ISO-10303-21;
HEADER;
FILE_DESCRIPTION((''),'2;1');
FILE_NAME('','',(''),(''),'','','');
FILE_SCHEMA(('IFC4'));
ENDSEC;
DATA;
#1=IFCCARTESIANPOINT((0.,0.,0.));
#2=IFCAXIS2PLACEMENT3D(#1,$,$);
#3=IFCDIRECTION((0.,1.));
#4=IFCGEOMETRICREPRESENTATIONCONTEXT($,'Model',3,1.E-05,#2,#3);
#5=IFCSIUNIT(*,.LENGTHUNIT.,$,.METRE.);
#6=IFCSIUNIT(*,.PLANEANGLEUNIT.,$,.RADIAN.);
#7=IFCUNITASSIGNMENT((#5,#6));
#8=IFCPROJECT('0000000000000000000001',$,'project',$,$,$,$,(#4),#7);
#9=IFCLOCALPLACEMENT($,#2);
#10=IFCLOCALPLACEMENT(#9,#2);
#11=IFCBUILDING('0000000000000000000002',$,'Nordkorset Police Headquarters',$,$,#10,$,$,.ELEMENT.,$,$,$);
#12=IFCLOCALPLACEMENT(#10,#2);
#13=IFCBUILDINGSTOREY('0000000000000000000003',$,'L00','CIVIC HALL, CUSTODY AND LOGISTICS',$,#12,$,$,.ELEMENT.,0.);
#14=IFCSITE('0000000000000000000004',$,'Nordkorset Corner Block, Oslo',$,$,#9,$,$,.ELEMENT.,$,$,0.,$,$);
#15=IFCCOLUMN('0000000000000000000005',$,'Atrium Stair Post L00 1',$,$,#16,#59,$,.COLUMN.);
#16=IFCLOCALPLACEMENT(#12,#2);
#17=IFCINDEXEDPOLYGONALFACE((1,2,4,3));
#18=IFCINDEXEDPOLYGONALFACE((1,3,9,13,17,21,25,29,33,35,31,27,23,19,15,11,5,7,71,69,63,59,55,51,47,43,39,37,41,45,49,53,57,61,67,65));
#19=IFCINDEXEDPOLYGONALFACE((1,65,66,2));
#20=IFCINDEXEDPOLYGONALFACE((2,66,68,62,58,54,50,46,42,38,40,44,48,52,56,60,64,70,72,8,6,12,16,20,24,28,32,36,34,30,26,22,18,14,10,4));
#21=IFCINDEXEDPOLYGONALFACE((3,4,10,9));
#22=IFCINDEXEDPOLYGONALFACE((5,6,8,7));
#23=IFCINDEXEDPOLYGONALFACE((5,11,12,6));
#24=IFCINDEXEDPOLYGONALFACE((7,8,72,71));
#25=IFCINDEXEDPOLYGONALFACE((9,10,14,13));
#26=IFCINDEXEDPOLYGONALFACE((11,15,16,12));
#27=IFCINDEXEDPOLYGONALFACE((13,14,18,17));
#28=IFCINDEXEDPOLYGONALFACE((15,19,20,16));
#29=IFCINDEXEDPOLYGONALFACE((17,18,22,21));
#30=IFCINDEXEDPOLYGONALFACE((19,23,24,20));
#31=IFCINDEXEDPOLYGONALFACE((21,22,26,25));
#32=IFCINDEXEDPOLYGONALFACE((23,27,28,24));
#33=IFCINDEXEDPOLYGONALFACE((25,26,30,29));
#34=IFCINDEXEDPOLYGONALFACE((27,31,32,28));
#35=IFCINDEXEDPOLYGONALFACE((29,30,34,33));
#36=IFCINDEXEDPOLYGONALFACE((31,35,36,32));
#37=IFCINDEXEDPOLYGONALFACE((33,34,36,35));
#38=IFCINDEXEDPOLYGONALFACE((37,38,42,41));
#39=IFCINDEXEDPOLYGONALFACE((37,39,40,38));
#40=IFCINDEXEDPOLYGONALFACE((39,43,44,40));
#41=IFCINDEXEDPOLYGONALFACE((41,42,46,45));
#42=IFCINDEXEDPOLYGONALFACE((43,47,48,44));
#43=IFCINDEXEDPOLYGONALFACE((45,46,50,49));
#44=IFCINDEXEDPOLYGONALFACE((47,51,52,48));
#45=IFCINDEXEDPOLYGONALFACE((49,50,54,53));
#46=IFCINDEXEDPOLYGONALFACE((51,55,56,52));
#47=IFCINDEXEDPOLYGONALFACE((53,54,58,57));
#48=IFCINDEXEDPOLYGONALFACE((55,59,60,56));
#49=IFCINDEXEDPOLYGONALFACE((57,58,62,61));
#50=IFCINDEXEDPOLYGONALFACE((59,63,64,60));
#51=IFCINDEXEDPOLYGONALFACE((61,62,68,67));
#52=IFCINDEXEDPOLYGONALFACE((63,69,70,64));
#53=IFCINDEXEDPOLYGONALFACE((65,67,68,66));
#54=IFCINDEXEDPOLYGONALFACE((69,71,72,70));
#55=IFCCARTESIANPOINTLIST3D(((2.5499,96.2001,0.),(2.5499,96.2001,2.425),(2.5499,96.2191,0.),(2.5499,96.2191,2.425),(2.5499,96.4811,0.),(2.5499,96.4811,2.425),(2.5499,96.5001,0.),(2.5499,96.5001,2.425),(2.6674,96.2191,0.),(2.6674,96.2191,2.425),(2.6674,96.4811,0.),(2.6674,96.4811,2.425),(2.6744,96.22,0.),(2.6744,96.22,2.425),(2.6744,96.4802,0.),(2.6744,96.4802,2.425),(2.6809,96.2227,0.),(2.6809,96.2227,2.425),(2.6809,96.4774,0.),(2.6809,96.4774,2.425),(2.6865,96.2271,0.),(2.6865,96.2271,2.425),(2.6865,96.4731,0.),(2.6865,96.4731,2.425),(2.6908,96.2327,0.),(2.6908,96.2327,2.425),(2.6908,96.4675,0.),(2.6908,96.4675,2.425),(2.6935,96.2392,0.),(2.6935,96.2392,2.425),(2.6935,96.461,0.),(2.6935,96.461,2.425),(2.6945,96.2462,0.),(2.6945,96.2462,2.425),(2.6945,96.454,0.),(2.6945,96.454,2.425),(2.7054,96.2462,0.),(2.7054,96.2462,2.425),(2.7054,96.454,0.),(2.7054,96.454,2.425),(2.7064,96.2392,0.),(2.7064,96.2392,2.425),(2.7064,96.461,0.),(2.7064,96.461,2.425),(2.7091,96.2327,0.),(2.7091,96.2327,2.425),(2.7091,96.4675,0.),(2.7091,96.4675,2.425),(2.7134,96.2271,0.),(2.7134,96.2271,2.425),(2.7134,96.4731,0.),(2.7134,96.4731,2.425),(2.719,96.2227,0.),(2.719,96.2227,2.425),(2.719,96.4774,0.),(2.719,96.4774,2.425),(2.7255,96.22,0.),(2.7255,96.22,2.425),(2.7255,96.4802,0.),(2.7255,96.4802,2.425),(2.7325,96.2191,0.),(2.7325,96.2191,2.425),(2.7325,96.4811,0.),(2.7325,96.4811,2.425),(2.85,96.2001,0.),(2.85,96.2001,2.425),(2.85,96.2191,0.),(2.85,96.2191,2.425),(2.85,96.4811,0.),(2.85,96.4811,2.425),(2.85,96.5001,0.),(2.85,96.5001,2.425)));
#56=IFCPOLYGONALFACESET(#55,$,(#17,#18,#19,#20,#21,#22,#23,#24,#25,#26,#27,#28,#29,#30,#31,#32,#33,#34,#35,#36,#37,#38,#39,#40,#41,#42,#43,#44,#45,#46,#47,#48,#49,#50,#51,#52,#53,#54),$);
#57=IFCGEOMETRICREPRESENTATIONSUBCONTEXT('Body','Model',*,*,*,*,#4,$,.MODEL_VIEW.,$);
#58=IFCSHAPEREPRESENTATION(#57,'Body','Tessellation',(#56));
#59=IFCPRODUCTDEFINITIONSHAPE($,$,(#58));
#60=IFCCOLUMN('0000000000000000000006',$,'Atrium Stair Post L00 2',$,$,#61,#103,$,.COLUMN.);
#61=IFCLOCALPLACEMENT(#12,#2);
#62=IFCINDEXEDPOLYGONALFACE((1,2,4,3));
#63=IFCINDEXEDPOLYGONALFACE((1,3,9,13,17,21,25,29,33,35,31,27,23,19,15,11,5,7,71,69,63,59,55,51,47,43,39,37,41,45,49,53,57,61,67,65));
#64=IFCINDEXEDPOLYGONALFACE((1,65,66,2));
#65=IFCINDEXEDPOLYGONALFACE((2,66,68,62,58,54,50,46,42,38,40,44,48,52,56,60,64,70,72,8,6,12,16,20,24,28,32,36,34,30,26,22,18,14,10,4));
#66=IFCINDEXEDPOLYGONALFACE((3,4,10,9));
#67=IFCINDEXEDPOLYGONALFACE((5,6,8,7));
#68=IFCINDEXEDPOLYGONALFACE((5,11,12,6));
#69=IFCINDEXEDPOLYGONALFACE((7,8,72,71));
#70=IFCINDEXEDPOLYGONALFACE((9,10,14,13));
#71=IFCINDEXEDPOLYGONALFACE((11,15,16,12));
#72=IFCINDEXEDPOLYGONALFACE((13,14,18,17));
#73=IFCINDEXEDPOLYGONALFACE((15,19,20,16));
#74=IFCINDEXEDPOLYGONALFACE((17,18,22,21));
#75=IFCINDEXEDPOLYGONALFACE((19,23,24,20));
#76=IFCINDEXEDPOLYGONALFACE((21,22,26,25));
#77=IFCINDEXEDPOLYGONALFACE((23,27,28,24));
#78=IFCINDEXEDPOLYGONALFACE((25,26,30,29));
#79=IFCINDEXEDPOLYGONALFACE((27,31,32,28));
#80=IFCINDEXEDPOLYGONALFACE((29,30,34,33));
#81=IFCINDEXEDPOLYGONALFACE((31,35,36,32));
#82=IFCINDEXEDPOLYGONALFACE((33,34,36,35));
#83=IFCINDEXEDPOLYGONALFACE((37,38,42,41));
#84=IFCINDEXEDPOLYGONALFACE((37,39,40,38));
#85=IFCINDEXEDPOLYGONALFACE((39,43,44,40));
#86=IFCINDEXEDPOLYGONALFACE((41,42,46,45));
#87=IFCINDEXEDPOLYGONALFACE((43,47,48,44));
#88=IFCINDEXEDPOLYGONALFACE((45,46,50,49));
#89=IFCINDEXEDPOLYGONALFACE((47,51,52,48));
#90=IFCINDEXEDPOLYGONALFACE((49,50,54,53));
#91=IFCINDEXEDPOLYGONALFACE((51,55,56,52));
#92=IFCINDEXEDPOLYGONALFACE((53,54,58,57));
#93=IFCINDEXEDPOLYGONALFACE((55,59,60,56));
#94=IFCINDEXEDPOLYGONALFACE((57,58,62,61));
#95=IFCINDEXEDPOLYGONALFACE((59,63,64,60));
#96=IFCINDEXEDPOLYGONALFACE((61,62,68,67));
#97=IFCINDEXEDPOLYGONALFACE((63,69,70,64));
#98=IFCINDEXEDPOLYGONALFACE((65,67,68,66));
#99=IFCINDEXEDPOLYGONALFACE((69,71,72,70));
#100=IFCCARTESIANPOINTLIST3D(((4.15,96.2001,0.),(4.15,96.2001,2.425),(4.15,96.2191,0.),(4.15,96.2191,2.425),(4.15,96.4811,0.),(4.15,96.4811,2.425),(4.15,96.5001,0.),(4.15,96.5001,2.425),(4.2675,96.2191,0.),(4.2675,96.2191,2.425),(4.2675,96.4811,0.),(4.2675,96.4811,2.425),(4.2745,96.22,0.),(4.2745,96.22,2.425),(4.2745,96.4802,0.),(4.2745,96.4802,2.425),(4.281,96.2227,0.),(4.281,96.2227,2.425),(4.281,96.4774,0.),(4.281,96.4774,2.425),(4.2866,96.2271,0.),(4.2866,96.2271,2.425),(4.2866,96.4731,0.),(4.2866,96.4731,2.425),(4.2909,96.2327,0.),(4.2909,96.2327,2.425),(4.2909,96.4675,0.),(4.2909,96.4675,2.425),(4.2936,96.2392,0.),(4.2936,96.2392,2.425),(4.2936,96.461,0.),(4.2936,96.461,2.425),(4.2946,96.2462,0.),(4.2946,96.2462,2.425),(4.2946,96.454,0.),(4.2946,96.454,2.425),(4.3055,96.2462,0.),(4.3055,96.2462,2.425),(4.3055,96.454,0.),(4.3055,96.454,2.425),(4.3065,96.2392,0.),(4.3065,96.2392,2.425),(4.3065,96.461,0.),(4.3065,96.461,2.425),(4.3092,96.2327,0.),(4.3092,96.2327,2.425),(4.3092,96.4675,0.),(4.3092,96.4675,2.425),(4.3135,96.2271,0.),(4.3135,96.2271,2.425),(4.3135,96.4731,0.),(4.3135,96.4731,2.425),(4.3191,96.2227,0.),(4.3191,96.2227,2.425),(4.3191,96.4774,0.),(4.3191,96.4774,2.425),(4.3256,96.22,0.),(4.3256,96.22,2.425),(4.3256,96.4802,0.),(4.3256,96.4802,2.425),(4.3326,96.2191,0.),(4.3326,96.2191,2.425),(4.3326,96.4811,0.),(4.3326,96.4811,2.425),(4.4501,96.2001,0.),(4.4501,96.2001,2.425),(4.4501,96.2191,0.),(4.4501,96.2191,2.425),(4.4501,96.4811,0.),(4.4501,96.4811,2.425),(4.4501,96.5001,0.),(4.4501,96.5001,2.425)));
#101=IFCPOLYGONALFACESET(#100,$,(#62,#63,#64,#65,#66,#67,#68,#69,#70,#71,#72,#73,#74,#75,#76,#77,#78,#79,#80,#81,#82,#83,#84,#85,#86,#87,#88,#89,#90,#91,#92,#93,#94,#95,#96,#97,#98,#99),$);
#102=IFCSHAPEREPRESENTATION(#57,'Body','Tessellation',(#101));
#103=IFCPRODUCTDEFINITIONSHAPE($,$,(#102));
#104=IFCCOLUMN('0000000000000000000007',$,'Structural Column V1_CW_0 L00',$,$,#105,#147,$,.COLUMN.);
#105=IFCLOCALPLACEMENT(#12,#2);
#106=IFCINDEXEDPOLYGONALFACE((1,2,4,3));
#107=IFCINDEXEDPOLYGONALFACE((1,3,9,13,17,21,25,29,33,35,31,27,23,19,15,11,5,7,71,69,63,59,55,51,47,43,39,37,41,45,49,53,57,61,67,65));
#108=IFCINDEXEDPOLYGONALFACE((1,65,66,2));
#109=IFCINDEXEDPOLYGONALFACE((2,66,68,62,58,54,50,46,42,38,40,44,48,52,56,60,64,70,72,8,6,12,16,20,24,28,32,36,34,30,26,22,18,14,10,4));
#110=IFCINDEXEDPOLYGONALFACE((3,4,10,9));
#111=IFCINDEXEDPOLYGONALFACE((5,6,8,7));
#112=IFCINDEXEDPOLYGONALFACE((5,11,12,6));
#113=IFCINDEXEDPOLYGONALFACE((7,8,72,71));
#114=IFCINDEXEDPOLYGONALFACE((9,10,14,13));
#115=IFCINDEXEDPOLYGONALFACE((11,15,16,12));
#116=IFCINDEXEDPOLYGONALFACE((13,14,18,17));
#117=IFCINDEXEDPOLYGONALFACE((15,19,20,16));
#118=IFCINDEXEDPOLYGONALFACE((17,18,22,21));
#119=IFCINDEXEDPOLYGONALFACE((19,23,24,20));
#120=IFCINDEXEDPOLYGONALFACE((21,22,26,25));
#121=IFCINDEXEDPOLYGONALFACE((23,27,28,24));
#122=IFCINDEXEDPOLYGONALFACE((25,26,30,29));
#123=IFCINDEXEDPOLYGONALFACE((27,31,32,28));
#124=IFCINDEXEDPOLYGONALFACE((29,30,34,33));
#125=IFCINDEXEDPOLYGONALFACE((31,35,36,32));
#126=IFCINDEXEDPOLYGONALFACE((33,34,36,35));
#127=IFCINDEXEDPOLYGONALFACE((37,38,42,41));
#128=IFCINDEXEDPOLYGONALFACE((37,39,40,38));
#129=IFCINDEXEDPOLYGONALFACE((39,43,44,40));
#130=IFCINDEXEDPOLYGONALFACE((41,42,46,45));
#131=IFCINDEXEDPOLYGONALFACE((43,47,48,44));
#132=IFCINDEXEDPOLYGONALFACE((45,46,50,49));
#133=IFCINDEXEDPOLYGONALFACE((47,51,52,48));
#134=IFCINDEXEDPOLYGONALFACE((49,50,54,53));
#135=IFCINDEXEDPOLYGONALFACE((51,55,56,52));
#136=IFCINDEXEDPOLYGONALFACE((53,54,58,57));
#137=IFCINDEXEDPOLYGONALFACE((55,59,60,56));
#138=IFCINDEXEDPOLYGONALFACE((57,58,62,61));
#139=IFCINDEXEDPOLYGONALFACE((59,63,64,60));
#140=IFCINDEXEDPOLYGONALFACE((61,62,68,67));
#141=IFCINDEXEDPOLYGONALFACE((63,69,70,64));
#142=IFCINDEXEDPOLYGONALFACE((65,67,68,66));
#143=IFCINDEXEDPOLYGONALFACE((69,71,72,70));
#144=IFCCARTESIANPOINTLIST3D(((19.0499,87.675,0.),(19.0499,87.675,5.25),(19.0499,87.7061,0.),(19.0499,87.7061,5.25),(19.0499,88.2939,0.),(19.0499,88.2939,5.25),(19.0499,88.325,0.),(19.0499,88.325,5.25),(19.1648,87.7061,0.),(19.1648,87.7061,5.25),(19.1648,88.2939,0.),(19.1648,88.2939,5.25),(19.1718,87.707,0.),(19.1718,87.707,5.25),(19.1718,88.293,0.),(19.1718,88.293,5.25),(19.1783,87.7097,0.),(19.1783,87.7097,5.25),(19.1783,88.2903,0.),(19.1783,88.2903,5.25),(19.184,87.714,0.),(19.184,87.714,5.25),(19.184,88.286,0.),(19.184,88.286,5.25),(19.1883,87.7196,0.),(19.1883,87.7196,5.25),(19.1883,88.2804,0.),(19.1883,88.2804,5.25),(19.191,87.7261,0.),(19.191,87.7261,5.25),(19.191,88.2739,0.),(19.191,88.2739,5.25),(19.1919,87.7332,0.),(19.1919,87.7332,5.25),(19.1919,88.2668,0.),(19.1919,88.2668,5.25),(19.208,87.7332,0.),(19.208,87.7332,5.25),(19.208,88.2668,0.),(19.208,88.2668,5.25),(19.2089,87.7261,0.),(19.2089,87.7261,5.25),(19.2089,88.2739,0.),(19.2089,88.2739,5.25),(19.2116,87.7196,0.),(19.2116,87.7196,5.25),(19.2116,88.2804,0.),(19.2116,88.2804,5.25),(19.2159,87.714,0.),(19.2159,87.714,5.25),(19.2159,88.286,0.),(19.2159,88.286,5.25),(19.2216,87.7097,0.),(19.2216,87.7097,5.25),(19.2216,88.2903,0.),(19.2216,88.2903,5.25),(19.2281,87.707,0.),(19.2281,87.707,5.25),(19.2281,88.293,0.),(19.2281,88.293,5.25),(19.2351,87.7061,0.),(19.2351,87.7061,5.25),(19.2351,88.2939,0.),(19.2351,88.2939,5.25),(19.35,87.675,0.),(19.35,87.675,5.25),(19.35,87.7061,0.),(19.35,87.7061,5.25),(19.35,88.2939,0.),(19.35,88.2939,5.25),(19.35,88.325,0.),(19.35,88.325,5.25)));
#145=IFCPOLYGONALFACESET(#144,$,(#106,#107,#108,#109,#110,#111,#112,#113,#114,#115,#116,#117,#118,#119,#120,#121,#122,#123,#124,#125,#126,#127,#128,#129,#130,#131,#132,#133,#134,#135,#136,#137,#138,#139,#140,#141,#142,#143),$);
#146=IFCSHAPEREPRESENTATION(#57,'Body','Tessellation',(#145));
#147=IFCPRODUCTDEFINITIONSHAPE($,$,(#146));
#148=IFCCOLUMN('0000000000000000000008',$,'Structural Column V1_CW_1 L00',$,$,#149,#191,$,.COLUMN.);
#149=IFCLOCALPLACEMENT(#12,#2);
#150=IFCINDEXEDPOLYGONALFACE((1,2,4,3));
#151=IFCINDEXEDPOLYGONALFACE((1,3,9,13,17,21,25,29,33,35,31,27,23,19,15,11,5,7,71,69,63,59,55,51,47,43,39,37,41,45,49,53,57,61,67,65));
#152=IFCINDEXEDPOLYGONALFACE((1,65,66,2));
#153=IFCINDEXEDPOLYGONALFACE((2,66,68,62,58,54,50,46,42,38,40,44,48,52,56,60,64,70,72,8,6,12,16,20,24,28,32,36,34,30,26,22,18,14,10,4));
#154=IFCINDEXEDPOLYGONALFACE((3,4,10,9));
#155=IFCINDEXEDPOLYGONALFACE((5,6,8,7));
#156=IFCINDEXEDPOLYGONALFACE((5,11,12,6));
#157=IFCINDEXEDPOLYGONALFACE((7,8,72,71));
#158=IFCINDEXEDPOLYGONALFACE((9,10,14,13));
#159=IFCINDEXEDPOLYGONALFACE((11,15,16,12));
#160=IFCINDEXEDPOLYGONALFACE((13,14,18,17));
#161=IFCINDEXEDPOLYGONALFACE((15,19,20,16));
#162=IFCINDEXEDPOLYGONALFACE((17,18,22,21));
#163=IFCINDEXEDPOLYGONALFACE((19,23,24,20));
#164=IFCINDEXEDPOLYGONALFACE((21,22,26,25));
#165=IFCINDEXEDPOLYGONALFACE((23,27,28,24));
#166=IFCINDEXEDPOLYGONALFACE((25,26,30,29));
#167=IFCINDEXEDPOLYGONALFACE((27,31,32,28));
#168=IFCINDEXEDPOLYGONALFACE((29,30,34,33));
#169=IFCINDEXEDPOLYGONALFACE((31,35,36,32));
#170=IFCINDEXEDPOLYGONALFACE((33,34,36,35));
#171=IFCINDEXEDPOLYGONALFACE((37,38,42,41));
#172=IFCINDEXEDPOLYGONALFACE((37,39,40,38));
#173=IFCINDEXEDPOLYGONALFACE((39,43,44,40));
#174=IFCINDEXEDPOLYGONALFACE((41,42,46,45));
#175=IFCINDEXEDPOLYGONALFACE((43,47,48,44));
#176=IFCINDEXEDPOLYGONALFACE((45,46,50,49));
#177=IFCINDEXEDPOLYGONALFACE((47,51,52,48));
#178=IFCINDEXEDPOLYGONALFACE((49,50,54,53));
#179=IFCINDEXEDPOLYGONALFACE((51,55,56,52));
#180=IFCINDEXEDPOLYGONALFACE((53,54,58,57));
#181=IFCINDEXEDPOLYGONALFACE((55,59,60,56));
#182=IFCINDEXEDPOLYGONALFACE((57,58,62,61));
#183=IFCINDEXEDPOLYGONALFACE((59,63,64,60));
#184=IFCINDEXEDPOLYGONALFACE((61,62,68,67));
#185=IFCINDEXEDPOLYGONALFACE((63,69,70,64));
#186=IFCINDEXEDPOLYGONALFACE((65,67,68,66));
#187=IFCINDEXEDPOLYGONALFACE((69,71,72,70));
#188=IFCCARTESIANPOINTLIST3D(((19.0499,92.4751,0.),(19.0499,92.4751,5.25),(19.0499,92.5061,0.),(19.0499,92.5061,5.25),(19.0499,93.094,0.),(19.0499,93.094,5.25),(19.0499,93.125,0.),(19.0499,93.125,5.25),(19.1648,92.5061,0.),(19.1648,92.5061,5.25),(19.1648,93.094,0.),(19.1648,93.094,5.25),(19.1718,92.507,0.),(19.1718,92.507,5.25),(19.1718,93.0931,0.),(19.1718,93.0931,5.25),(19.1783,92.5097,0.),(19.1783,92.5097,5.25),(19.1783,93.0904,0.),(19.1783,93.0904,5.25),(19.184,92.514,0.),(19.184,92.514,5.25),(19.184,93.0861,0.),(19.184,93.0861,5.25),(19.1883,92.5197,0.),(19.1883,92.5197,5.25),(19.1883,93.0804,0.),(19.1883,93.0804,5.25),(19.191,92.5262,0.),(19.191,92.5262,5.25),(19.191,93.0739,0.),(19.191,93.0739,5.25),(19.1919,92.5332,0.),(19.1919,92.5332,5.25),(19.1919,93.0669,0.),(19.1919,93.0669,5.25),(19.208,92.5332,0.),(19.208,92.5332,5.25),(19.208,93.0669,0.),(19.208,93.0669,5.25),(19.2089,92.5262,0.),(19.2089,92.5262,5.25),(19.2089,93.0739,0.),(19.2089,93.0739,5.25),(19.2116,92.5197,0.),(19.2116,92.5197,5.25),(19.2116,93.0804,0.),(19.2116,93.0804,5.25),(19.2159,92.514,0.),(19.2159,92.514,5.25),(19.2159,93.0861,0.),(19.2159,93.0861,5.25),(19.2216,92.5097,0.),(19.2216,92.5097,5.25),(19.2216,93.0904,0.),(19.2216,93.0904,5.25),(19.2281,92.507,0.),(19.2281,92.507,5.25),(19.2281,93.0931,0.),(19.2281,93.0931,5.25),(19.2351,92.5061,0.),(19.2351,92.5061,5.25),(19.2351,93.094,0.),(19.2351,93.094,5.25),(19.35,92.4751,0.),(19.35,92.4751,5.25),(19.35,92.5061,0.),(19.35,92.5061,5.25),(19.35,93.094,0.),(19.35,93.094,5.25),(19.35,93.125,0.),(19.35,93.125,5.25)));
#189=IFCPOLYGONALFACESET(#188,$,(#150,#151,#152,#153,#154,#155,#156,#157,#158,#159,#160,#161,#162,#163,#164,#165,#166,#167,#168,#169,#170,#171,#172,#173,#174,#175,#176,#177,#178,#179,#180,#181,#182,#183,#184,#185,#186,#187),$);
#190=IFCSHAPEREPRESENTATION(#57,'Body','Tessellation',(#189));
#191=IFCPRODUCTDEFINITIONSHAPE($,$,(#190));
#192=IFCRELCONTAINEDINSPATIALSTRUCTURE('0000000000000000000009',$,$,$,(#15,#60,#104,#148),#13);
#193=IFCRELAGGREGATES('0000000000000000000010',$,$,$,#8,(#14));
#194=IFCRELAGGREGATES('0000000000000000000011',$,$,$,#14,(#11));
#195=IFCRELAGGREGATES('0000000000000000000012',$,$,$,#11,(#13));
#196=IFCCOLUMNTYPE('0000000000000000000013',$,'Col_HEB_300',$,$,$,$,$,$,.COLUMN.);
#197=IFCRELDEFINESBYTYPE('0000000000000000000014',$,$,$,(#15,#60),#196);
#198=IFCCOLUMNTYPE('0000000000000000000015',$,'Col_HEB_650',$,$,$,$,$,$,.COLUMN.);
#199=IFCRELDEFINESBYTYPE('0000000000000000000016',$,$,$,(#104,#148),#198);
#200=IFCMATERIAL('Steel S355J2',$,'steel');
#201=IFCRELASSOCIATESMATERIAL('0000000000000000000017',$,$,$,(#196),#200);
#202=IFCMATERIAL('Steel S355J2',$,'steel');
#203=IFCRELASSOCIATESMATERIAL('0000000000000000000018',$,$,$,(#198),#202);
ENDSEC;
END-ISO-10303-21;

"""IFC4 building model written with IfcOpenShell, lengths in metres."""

from ifc_helpers import new_model, si_unit, direction, frame, origin, origin_2d, place, context, subcontext, project, spatial, i_section, extrude, material, material_profile, profile_set, type_object, element, save


model = new_model("IFC4")

# Units and contexts
model_context = context("Model", 3, precision=1e-05, world=origin(), true_north=direction((0.0, 1.0)))
body_context = subcontext(model_context, "Body", "Model", "MODEL_VIEW")
ifc_project = project(units=[si_unit("LENGTHUNIT", "METRE"), si_unit("PLANEANGLEUNIT", "RADIAN")], contexts=[model_context])

# Site, building, storey
site_placement = place(None, origin())
site = spatial("IfcSite", under=ifc_project, at=site_placement, Name="Nordkorset Corner Block, Oslo", CompositionType="ELEMENT", RefElevation=0.0)
building_placement = place(site_placement, origin())
building = spatial("IfcBuilding", under=site, at=building_placement, Name="Nordkorset Police Headquarters", CompositionType="ELEMENT")
storey_placement = place(building_placement, origin())
storey = spatial("IfcBuildingStorey", under=building, at=storey_placement, Name="L00", Description="CIVIC HALL, CUSTODY AND LOGISTICS", CompositionType="ELEMENT", Elevation=0.0)

# Columns
ifc_material_1 = material(Name="Steel S355J2", Category="steel")
ifc_material_profile_1 = material_profile(ifc_material_1, i_section(OverallWidth=0.3, OverallDepth=0.3, WebThickness=0.011, FlangeThickness=0.019, FilletRadius=0.0271, at=origin_2d()), Name="HEB 300")
ifc_profile_set_1 = profile_set([ifc_material_profile_1], Name="Steel S355J2")
column_type_1 = type_object("IfcColumnType", Name="Col_HEB_300", PredefinedType="COLUMN", material=ifc_profile_set_1)
for number, where, z_axis, x_axis, name in (
    (1, (2.7, 96.3501, 0.0), (0.0, 0.0, 1.0), (1.0, 0.0, 0.0), "Atrium Stair Post L00 1"),
    (2, (4.3, 96.3501, 0.0), (0.0, 0.0, 1.0), (1.0, 0.0, 0.0), "Atrium Stair Post L00 2"),
):
    element("IfcColumn", number, at=place(storey_placement, frame(where, z_axis=z_axis, x_axis=x_axis)), inside=storey, type_object=column_type_1, Name=name, PredefinedType="COLUMN", context=body_context, shape_type="SweptSolid", body=[
        extrude(i_section(OverallWidth=0.3, OverallDepth=0.3, WebThickness=0.011, FlangeThickness=0.019, FilletRadius=0.0271, at=origin_2d()), origin(), (0.0, 0.0, 1.0), 2.425),
    ])
ifc_material_2 = material(Name="Steel S355J2", Category="steel")
ifc_material_profile_2 = material_profile(ifc_material_2, i_section(OverallWidth=0.3, OverallDepth=0.6499, WebThickness=0.0161, FlangeThickness=0.031, FilletRadius=0.0271, at=origin_2d()), Name="HEB 650")
ifc_profile_set_2 = profile_set([ifc_material_profile_2], Name="Steel S355J2")
column_type_2 = type_object("IfcColumnType", Name="Col_HEB_650", PredefinedType="COLUMN", material=ifc_profile_set_2)
for number, where, z_axis, x_axis, name in (
    (3, (19.2, 88.0, 0.0), (0.0, 0.0, 1.0), (1.0, 0.0, 0.0), "Structural Column V1_CW_0 L00"),
    (4, (19.2, 92.8, 0.0), (0.0, 0.0, 1.0), (1.0, 0.0, 0.0), "Structural Column V1_CW_1 L00"),
):
    element("IfcColumn", number, at=place(storey_placement, frame(where, z_axis=z_axis, x_axis=x_axis)), inside=storey, type_object=column_type_2, Name=name, PredefinedType="COLUMN", context=body_context, shape_type="SweptSolid", body=[
        extrude(i_section(OverallWidth=0.3, OverallDepth=0.6499, WebThickness=0.0161, FlangeThickness=0.031, FilletRadius=0.0271, at=origin_2d()), origin(), (0.0, 0.0, 1.0), 5.25),
    ])

save(model, "model.ifc")
